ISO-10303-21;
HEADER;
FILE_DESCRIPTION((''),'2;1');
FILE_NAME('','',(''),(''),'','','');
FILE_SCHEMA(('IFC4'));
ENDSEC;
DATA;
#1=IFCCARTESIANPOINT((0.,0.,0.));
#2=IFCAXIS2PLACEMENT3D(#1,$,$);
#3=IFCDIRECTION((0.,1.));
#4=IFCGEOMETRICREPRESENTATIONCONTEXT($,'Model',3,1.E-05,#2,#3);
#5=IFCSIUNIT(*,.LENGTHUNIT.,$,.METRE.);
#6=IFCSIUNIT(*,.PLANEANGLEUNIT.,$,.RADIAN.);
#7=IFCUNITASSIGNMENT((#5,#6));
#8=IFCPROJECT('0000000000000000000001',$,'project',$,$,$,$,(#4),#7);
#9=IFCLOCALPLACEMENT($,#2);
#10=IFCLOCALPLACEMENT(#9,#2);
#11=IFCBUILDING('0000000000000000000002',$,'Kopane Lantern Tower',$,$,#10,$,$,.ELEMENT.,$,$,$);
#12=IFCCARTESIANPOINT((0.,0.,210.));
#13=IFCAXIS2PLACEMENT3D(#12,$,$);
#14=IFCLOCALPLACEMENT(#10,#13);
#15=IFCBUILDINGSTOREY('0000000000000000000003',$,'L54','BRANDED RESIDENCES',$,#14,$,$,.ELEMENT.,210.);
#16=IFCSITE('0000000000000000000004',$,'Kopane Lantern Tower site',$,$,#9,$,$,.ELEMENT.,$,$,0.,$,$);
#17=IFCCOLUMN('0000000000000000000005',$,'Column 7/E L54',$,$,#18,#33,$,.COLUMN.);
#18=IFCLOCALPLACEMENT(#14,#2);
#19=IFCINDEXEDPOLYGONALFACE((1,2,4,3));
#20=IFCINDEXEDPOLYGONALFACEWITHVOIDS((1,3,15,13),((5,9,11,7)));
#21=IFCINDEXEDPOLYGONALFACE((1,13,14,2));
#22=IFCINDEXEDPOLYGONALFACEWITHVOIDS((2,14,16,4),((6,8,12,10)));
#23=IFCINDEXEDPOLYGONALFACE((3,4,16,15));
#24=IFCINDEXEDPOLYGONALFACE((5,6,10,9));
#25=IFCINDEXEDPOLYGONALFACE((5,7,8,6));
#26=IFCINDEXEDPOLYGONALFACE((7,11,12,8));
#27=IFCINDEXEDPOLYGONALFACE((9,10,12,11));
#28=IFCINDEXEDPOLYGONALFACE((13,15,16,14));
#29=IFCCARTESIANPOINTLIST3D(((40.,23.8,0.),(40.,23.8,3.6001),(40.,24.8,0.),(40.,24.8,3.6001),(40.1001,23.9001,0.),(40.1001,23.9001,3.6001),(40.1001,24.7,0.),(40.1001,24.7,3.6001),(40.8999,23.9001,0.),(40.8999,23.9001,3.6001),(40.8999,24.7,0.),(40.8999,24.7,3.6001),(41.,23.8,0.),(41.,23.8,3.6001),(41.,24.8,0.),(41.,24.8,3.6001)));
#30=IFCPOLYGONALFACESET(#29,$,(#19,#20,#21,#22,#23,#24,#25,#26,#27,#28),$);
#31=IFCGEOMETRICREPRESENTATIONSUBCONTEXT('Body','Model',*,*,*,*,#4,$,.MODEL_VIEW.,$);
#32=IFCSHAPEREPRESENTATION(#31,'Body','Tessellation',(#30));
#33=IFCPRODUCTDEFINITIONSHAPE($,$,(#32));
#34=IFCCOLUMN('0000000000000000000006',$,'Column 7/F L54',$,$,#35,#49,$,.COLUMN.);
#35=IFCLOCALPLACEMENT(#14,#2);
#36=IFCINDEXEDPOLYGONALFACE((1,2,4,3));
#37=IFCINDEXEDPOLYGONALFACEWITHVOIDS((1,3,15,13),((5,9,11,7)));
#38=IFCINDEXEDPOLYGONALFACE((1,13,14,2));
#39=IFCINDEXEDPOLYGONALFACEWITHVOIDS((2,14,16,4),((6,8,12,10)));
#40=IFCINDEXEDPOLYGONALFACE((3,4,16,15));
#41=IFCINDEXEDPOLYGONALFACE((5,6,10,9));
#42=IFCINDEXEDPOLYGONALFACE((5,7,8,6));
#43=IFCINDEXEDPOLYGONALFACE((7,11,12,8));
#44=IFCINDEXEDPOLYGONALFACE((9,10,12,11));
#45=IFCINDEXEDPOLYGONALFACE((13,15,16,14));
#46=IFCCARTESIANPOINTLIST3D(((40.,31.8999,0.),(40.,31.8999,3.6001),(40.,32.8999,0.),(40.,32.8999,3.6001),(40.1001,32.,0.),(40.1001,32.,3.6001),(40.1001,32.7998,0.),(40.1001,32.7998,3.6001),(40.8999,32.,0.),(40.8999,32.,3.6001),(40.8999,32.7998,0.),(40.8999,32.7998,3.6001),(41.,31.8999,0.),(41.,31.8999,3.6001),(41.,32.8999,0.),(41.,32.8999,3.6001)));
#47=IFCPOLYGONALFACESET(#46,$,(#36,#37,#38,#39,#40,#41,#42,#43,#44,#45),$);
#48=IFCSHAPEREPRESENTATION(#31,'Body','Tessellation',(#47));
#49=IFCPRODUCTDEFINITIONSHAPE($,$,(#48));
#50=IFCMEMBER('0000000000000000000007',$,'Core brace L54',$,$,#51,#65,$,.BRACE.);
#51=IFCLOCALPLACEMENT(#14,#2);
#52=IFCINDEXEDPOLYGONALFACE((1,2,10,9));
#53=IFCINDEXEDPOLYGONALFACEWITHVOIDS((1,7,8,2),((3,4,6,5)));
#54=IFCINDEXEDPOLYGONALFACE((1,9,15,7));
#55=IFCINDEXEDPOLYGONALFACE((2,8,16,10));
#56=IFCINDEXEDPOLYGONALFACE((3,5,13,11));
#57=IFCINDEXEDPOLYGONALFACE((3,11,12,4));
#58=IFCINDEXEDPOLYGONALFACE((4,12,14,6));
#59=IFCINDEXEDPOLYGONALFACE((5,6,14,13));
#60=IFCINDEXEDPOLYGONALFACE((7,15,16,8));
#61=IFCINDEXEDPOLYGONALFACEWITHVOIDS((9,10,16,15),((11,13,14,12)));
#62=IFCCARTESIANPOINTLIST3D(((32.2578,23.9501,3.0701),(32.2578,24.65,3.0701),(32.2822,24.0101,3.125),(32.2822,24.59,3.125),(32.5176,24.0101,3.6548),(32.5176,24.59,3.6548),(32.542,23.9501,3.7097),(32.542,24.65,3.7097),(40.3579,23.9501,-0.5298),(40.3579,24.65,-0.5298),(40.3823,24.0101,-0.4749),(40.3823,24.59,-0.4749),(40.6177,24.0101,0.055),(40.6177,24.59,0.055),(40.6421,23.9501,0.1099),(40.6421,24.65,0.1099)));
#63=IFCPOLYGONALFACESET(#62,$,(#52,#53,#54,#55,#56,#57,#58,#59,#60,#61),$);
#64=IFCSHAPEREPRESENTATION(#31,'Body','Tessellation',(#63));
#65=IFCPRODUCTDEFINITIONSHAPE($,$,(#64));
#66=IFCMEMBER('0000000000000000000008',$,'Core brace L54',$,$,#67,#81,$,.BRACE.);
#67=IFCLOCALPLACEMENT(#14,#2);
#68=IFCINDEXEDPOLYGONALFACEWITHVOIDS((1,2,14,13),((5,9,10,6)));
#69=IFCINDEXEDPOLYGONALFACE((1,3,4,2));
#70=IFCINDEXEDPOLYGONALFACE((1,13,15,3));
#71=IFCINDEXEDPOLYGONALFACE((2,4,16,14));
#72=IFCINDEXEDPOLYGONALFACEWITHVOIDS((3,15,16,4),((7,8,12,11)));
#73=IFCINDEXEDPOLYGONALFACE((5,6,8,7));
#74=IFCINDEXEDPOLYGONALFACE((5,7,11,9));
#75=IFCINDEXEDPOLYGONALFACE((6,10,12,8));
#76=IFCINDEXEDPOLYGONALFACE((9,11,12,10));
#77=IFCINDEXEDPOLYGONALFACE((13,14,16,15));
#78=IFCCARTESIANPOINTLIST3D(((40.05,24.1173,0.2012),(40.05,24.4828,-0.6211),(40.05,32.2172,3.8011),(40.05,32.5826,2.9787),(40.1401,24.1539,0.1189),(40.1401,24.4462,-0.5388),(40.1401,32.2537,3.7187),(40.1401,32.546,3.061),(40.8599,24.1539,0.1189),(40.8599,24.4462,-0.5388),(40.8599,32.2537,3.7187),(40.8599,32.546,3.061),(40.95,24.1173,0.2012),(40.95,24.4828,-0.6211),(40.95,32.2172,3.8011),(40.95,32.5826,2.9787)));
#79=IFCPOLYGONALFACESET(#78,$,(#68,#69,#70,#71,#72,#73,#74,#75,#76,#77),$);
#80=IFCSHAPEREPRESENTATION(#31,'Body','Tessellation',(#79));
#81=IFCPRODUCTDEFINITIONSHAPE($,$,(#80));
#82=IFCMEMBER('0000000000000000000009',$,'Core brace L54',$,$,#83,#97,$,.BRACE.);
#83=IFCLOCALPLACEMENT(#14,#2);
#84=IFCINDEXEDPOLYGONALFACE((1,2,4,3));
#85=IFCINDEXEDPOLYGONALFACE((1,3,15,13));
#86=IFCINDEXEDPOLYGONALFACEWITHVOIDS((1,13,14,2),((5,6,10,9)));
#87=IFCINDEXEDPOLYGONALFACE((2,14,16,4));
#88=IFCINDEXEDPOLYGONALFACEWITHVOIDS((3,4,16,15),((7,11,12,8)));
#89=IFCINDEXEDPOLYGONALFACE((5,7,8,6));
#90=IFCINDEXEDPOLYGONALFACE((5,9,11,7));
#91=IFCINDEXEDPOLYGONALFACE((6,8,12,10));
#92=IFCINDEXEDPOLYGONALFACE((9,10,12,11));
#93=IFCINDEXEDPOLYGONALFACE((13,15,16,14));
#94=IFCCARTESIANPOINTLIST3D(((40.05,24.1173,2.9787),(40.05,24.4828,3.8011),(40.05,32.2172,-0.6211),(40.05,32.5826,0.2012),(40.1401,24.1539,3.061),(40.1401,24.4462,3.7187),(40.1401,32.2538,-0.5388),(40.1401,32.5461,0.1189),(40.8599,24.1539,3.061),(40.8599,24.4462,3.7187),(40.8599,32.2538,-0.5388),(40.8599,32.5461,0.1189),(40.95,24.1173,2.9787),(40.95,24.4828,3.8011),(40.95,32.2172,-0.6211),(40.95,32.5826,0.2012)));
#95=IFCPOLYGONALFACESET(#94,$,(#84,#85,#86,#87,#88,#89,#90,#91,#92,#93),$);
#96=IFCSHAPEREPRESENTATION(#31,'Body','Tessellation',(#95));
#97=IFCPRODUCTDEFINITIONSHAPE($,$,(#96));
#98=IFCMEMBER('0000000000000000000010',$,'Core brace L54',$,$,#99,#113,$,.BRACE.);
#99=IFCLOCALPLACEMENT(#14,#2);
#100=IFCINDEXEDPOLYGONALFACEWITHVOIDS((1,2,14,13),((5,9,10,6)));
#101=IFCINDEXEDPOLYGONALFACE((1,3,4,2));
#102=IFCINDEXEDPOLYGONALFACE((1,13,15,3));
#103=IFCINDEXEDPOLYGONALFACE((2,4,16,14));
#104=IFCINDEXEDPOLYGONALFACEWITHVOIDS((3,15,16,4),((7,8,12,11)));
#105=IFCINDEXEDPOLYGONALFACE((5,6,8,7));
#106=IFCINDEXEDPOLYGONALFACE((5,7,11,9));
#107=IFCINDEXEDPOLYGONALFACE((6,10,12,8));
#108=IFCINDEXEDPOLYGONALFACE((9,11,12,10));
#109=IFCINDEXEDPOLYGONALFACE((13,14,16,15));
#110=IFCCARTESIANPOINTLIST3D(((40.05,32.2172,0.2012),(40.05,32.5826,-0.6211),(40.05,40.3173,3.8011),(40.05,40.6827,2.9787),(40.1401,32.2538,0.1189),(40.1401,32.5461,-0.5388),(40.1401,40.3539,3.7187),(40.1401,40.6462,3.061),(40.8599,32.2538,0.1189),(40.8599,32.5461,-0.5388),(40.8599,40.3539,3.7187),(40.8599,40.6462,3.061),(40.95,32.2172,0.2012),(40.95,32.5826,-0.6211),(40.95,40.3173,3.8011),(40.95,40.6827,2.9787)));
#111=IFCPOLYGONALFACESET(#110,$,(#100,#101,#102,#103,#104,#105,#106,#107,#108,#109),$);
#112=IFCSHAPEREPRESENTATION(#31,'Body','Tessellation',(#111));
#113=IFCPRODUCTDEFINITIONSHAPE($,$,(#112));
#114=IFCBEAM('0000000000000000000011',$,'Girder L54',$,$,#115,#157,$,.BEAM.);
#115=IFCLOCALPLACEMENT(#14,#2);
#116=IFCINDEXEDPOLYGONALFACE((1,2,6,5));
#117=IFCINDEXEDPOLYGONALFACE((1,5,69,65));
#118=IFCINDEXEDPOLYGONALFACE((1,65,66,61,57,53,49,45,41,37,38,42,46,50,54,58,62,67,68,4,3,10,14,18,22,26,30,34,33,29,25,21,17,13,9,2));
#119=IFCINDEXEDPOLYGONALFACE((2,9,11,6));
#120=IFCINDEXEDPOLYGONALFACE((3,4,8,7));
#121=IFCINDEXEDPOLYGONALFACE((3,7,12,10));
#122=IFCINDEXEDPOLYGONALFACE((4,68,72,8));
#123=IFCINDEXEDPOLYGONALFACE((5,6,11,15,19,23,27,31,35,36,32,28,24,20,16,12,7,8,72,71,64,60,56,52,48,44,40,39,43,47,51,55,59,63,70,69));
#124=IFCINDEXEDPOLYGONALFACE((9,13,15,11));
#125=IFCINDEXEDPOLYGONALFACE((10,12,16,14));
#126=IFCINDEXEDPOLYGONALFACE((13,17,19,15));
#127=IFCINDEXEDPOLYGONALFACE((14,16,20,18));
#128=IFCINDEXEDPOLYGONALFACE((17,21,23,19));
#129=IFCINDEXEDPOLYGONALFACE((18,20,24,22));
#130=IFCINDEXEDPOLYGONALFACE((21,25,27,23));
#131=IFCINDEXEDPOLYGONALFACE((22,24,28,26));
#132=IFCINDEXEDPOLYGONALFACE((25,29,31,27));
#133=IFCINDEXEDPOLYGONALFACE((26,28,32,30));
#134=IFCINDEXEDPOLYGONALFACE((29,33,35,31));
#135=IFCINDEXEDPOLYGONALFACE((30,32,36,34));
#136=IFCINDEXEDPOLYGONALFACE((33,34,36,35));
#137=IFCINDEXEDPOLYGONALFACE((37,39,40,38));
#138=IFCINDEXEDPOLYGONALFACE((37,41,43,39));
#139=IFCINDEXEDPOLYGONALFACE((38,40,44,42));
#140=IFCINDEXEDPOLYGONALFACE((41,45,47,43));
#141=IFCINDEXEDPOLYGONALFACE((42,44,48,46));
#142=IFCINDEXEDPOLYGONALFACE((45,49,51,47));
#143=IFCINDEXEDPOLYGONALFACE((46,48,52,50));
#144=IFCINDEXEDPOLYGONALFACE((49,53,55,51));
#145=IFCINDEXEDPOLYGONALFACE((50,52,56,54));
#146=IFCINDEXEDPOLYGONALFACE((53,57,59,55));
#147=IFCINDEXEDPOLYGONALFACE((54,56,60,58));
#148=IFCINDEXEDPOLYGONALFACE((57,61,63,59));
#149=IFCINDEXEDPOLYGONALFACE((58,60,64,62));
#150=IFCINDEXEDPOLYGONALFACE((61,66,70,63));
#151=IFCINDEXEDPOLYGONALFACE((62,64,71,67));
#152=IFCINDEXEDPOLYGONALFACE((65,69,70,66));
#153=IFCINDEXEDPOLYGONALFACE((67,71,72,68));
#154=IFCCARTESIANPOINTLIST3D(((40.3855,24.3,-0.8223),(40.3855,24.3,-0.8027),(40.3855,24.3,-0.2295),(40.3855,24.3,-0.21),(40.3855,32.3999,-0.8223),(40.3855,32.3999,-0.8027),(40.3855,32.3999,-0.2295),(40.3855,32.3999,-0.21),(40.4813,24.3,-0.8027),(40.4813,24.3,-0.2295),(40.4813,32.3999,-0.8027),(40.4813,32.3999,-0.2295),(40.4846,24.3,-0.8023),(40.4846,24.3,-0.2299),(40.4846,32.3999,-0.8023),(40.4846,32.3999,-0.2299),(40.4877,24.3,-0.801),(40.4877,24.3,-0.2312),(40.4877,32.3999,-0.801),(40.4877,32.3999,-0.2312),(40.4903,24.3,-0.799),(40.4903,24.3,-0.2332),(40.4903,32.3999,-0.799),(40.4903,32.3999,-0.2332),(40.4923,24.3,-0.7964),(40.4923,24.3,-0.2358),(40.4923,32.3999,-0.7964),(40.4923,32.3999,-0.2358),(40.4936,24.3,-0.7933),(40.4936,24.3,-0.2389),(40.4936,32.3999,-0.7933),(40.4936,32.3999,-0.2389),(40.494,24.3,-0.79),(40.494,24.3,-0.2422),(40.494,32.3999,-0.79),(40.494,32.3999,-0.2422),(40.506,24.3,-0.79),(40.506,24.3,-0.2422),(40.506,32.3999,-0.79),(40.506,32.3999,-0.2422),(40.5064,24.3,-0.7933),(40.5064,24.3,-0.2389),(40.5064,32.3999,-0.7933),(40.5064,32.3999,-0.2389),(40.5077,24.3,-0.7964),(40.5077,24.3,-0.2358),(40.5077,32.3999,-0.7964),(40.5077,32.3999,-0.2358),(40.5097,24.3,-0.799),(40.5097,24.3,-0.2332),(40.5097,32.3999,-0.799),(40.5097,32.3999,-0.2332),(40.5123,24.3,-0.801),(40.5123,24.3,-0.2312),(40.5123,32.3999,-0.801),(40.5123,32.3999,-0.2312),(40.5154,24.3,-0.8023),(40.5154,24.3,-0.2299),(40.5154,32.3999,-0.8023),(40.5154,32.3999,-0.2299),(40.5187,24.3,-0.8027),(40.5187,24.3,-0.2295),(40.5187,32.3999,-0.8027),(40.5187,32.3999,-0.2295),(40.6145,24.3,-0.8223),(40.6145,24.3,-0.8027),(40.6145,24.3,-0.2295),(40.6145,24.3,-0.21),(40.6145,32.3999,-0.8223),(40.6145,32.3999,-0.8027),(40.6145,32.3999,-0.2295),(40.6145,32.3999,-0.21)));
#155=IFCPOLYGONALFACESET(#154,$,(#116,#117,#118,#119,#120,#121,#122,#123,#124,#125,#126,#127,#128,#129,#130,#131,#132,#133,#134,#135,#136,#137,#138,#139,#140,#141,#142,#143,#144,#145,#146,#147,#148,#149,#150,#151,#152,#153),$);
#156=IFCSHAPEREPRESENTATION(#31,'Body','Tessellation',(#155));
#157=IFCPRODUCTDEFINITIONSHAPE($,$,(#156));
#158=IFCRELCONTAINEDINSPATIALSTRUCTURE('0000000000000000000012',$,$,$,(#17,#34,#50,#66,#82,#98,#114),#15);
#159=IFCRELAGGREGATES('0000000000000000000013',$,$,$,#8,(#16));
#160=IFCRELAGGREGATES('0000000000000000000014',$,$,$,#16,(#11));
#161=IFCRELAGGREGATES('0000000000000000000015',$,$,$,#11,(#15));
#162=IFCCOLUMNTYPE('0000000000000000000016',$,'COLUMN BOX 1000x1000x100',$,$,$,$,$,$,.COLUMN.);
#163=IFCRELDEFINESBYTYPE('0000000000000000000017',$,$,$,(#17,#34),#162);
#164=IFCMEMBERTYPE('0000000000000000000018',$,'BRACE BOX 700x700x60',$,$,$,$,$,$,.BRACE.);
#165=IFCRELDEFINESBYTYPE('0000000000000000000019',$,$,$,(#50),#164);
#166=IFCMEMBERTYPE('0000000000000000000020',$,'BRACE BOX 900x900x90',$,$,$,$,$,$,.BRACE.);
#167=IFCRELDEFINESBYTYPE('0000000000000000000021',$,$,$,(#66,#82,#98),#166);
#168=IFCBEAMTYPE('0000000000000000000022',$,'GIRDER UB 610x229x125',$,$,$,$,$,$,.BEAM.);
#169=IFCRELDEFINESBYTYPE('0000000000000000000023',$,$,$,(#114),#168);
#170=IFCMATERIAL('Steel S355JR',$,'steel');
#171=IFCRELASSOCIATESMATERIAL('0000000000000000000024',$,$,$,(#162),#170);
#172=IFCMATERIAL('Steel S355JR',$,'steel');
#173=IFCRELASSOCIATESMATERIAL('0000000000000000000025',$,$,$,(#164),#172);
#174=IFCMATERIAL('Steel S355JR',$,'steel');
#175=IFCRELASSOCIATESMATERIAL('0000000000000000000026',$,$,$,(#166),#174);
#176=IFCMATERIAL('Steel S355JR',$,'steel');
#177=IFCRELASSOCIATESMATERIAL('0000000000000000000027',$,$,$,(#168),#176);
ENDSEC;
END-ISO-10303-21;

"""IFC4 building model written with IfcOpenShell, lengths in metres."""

from ifc_helpers import new_model, si_unit, direction, frame, origin, origin_2d, place, context, subcontext, project, spatial, hollow_rectangle, i_section, extrude, material, material_profile, profile_set, type_object, element, save


model = new_model("IFC4")

# Units and contexts
model_context = context("Model", 3, precision=1e-05, world=origin(), true_north=direction((0.0, 1.0)))
body_context = subcontext(model_context, "Body", "Model", "MODEL_VIEW")
ifc_project = project(units=[si_unit("LENGTHUNIT", "METRE"), si_unit("PLANEANGLEUNIT", "RADIAN")], contexts=[model_context])

# Site, building, storey
site_placement = place(None, origin())
site = spatial("IfcSite", under=ifc_project, at=site_placement, Name="Kopane Lantern Tower site", CompositionType="ELEMENT", RefElevation=0.0)
building_placement = place(site_placement, origin())
building = spatial("IfcBuilding", under=site, at=building_placement, Name="Kopane Lantern Tower", CompositionType="ELEMENT")
storey_placement = place(building_placement, frame((0.0, 0.0, 210.0)))
storey = spatial("IfcBuildingStorey", under=building, at=storey_placement, Name="L54", Description="BRANDED RESIDENCES", CompositionType="ELEMENT", Elevation=210.0)

# Columns
ifc_material_1 = material(Name="Steel S355JR", Category="steel")
ifc_material_profile_1 = material_profile(ifc_material_1, hollow_rectangle(XDim=1.0, YDim=1.0, WallThickness=0.1001, at=origin_2d()), Name="BOX 1000x1000x100")
ifc_profile_set_1 = profile_set([ifc_material_profile_1], Name="Steel S355JR")
column_type = type_object("IfcColumnType", Name="COLUMN BOX 1000x1000x100", PredefinedType="COLUMN", material=ifc_profile_set_1)
for number, where, z_axis, x_axis, name in (
    (1, (40.5, 24.3, 0.0), (0.0, 0.0, 1.0), (1.0, 0.0, 0.0), "Column 7/E L54"),
    (2, (40.5, 32.3999, 0.0), (0.0, 0.0, 1.0), (1.0, 0.0, 0.0), "Column 7/F L54"),
):
    element("IfcColumn", number, at=place(storey_placement, frame(where, z_axis=z_axis, x_axis=x_axis)), inside=storey, type_object=column_type, Name=name, PredefinedType="COLUMN", context=body_context, shape_type="SweptSolid", body=[
        extrude(hollow_rectangle(XDim=1.0, YDim=1.0, WallThickness=0.1001, at=origin_2d()), origin(), (0.0, 0.0, 1.0), 3.6001),
    ])

# Members
ifc_material_2 = material(Name="Steel S355JR", Category="steel")
ifc_material_profile_2 = material_profile(ifc_material_2, hollow_rectangle(XDim=0.7, YDim=0.7, WallThickness=0.0601, at=origin_2d()), Name="BOX 700x700x60")
ifc_profile_set_2 = profile_set([ifc_material_profile_2], Name="Steel S355JR")
member_type_1 = type_object("IfcMemberType", Name="BRACE BOX 700x700x60", PredefinedType="BRACE", material=ifc_profile_set_2)
member_1_placement = place(storey_placement, frame((40.5, 24.3, -0.21), z_axis=(-0.913819, 0.0, 0.406121), x_axis=(0.0, -1.0, 0.0)))
element("IfcMember", 3, at=member_1_placement, inside=storey, type_object=member_type_1, Name="Core brace L54", PredefinedType="BRACE", context=body_context, shape_type="SweptSolid", body=[
    extrude(hollow_rectangle(XDim=0.7, YDim=0.7, WallThickness=0.0601, at=origin_2d()), origin(), (0.0, 0.0, 1.0), 8.864),
])
ifc_material_3 = material(Name="Steel S355JR", Category="steel")
ifc_material_profile_3 = material_profile(ifc_material_3, hollow_rectangle(XDim=0.8999, YDim=0.8999, WallThickness=0.0901, at=origin_2d()), Name="BOX 900x900x90")
ifc_profile_set_3 = profile_set([ifc_material_profile_3], Name="Steel S355JR")
member_type_2 = type_object("IfcMemberType", Name="BRACE BOX 900x900x90", PredefinedType="BRACE", material=ifc_profile_set_3)
for number, where, z_axis, x_axis, name in (
    (4, (40.5, 24.3, -0.21), (0.0, 0.913815, 0.406131), (-1.0, 0.0, 0.0), "Core brace L54"),
    (5, (40.5, 32.3999, -0.21), (0.0, -0.913815, 0.406131), (1.0, 0.0, 0.0), "Core brace L54"),
):
    element("IfcMember", number, at=place(storey_placement, frame(where, z_axis=z_axis, x_axis=x_axis)), inside=storey, type_object=member_type_2, Name=name, PredefinedType="BRACE", context=body_context, shape_type="SweptSolid", body=[
        extrude(hollow_rectangle(XDim=0.8999, YDim=0.8999, WallThickness=0.0901, at=origin_2d()), origin(), (0.0, 0.0, 1.0), 8.8638),
    ])
member_2_placement = place(storey_placement, frame((40.5, 32.3999, -0.21), z_axis=(0.0, 0.913819, 0.406121), x_axis=(-1.0, 0.0, 0.0)))
element("IfcMember", 6, at=member_2_placement, inside=storey, type_object=member_type_2, Name="Core brace L54", PredefinedType="BRACE", context=body_context, shape_type="SweptSolid", body=[
    extrude(hollow_rectangle(XDim=0.8999, YDim=0.8999, WallThickness=0.0901, at=origin_2d()), origin(), (0.0, 0.0, 1.0), 8.864),
])

# Beam
ifc_material_4 = material(Name="Steel S355JR", Category="steel")
ifc_material_profile_4 = material_profile(ifc_material_4, i_section(OverallWidth=0.229, OverallDepth=0.6123, WebThickness=0.012, FlangeThickness=0.0195, FilletRadius=0.0127, at=origin_2d()), Name="UB 610x229x125")
ifc_profile_set_4 = profile_set([ifc_material_profile_4], Name="Steel S355JR")
beam_type = type_object("IfcBeamType", Name="GIRDER UB 610x229x125", PredefinedType="BEAM", material=ifc_profile_set_4)
beam_placement = place(storey_placement, frame((40.5, 24.3, -0.5161), z_axis=(0.0, 1.0, 0.0), x_axis=(-1.0, 0.0, 0.0)))
element("IfcBeam", 7, at=beam_placement, inside=storey, type_object=beam_type, Name="Girder L54", PredefinedType="BEAM", context=body_context, shape_type="SweptSolid", body=[
    extrude(i_section(OverallWidth=0.229, OverallDepth=0.6123, WebThickness=0.012, FlangeThickness=0.0195, FilletRadius=0.0127, at=origin_2d()), origin(), (0.0, 0.0, 1.0), 8.0999),
])

save(model, "model.ifc")
